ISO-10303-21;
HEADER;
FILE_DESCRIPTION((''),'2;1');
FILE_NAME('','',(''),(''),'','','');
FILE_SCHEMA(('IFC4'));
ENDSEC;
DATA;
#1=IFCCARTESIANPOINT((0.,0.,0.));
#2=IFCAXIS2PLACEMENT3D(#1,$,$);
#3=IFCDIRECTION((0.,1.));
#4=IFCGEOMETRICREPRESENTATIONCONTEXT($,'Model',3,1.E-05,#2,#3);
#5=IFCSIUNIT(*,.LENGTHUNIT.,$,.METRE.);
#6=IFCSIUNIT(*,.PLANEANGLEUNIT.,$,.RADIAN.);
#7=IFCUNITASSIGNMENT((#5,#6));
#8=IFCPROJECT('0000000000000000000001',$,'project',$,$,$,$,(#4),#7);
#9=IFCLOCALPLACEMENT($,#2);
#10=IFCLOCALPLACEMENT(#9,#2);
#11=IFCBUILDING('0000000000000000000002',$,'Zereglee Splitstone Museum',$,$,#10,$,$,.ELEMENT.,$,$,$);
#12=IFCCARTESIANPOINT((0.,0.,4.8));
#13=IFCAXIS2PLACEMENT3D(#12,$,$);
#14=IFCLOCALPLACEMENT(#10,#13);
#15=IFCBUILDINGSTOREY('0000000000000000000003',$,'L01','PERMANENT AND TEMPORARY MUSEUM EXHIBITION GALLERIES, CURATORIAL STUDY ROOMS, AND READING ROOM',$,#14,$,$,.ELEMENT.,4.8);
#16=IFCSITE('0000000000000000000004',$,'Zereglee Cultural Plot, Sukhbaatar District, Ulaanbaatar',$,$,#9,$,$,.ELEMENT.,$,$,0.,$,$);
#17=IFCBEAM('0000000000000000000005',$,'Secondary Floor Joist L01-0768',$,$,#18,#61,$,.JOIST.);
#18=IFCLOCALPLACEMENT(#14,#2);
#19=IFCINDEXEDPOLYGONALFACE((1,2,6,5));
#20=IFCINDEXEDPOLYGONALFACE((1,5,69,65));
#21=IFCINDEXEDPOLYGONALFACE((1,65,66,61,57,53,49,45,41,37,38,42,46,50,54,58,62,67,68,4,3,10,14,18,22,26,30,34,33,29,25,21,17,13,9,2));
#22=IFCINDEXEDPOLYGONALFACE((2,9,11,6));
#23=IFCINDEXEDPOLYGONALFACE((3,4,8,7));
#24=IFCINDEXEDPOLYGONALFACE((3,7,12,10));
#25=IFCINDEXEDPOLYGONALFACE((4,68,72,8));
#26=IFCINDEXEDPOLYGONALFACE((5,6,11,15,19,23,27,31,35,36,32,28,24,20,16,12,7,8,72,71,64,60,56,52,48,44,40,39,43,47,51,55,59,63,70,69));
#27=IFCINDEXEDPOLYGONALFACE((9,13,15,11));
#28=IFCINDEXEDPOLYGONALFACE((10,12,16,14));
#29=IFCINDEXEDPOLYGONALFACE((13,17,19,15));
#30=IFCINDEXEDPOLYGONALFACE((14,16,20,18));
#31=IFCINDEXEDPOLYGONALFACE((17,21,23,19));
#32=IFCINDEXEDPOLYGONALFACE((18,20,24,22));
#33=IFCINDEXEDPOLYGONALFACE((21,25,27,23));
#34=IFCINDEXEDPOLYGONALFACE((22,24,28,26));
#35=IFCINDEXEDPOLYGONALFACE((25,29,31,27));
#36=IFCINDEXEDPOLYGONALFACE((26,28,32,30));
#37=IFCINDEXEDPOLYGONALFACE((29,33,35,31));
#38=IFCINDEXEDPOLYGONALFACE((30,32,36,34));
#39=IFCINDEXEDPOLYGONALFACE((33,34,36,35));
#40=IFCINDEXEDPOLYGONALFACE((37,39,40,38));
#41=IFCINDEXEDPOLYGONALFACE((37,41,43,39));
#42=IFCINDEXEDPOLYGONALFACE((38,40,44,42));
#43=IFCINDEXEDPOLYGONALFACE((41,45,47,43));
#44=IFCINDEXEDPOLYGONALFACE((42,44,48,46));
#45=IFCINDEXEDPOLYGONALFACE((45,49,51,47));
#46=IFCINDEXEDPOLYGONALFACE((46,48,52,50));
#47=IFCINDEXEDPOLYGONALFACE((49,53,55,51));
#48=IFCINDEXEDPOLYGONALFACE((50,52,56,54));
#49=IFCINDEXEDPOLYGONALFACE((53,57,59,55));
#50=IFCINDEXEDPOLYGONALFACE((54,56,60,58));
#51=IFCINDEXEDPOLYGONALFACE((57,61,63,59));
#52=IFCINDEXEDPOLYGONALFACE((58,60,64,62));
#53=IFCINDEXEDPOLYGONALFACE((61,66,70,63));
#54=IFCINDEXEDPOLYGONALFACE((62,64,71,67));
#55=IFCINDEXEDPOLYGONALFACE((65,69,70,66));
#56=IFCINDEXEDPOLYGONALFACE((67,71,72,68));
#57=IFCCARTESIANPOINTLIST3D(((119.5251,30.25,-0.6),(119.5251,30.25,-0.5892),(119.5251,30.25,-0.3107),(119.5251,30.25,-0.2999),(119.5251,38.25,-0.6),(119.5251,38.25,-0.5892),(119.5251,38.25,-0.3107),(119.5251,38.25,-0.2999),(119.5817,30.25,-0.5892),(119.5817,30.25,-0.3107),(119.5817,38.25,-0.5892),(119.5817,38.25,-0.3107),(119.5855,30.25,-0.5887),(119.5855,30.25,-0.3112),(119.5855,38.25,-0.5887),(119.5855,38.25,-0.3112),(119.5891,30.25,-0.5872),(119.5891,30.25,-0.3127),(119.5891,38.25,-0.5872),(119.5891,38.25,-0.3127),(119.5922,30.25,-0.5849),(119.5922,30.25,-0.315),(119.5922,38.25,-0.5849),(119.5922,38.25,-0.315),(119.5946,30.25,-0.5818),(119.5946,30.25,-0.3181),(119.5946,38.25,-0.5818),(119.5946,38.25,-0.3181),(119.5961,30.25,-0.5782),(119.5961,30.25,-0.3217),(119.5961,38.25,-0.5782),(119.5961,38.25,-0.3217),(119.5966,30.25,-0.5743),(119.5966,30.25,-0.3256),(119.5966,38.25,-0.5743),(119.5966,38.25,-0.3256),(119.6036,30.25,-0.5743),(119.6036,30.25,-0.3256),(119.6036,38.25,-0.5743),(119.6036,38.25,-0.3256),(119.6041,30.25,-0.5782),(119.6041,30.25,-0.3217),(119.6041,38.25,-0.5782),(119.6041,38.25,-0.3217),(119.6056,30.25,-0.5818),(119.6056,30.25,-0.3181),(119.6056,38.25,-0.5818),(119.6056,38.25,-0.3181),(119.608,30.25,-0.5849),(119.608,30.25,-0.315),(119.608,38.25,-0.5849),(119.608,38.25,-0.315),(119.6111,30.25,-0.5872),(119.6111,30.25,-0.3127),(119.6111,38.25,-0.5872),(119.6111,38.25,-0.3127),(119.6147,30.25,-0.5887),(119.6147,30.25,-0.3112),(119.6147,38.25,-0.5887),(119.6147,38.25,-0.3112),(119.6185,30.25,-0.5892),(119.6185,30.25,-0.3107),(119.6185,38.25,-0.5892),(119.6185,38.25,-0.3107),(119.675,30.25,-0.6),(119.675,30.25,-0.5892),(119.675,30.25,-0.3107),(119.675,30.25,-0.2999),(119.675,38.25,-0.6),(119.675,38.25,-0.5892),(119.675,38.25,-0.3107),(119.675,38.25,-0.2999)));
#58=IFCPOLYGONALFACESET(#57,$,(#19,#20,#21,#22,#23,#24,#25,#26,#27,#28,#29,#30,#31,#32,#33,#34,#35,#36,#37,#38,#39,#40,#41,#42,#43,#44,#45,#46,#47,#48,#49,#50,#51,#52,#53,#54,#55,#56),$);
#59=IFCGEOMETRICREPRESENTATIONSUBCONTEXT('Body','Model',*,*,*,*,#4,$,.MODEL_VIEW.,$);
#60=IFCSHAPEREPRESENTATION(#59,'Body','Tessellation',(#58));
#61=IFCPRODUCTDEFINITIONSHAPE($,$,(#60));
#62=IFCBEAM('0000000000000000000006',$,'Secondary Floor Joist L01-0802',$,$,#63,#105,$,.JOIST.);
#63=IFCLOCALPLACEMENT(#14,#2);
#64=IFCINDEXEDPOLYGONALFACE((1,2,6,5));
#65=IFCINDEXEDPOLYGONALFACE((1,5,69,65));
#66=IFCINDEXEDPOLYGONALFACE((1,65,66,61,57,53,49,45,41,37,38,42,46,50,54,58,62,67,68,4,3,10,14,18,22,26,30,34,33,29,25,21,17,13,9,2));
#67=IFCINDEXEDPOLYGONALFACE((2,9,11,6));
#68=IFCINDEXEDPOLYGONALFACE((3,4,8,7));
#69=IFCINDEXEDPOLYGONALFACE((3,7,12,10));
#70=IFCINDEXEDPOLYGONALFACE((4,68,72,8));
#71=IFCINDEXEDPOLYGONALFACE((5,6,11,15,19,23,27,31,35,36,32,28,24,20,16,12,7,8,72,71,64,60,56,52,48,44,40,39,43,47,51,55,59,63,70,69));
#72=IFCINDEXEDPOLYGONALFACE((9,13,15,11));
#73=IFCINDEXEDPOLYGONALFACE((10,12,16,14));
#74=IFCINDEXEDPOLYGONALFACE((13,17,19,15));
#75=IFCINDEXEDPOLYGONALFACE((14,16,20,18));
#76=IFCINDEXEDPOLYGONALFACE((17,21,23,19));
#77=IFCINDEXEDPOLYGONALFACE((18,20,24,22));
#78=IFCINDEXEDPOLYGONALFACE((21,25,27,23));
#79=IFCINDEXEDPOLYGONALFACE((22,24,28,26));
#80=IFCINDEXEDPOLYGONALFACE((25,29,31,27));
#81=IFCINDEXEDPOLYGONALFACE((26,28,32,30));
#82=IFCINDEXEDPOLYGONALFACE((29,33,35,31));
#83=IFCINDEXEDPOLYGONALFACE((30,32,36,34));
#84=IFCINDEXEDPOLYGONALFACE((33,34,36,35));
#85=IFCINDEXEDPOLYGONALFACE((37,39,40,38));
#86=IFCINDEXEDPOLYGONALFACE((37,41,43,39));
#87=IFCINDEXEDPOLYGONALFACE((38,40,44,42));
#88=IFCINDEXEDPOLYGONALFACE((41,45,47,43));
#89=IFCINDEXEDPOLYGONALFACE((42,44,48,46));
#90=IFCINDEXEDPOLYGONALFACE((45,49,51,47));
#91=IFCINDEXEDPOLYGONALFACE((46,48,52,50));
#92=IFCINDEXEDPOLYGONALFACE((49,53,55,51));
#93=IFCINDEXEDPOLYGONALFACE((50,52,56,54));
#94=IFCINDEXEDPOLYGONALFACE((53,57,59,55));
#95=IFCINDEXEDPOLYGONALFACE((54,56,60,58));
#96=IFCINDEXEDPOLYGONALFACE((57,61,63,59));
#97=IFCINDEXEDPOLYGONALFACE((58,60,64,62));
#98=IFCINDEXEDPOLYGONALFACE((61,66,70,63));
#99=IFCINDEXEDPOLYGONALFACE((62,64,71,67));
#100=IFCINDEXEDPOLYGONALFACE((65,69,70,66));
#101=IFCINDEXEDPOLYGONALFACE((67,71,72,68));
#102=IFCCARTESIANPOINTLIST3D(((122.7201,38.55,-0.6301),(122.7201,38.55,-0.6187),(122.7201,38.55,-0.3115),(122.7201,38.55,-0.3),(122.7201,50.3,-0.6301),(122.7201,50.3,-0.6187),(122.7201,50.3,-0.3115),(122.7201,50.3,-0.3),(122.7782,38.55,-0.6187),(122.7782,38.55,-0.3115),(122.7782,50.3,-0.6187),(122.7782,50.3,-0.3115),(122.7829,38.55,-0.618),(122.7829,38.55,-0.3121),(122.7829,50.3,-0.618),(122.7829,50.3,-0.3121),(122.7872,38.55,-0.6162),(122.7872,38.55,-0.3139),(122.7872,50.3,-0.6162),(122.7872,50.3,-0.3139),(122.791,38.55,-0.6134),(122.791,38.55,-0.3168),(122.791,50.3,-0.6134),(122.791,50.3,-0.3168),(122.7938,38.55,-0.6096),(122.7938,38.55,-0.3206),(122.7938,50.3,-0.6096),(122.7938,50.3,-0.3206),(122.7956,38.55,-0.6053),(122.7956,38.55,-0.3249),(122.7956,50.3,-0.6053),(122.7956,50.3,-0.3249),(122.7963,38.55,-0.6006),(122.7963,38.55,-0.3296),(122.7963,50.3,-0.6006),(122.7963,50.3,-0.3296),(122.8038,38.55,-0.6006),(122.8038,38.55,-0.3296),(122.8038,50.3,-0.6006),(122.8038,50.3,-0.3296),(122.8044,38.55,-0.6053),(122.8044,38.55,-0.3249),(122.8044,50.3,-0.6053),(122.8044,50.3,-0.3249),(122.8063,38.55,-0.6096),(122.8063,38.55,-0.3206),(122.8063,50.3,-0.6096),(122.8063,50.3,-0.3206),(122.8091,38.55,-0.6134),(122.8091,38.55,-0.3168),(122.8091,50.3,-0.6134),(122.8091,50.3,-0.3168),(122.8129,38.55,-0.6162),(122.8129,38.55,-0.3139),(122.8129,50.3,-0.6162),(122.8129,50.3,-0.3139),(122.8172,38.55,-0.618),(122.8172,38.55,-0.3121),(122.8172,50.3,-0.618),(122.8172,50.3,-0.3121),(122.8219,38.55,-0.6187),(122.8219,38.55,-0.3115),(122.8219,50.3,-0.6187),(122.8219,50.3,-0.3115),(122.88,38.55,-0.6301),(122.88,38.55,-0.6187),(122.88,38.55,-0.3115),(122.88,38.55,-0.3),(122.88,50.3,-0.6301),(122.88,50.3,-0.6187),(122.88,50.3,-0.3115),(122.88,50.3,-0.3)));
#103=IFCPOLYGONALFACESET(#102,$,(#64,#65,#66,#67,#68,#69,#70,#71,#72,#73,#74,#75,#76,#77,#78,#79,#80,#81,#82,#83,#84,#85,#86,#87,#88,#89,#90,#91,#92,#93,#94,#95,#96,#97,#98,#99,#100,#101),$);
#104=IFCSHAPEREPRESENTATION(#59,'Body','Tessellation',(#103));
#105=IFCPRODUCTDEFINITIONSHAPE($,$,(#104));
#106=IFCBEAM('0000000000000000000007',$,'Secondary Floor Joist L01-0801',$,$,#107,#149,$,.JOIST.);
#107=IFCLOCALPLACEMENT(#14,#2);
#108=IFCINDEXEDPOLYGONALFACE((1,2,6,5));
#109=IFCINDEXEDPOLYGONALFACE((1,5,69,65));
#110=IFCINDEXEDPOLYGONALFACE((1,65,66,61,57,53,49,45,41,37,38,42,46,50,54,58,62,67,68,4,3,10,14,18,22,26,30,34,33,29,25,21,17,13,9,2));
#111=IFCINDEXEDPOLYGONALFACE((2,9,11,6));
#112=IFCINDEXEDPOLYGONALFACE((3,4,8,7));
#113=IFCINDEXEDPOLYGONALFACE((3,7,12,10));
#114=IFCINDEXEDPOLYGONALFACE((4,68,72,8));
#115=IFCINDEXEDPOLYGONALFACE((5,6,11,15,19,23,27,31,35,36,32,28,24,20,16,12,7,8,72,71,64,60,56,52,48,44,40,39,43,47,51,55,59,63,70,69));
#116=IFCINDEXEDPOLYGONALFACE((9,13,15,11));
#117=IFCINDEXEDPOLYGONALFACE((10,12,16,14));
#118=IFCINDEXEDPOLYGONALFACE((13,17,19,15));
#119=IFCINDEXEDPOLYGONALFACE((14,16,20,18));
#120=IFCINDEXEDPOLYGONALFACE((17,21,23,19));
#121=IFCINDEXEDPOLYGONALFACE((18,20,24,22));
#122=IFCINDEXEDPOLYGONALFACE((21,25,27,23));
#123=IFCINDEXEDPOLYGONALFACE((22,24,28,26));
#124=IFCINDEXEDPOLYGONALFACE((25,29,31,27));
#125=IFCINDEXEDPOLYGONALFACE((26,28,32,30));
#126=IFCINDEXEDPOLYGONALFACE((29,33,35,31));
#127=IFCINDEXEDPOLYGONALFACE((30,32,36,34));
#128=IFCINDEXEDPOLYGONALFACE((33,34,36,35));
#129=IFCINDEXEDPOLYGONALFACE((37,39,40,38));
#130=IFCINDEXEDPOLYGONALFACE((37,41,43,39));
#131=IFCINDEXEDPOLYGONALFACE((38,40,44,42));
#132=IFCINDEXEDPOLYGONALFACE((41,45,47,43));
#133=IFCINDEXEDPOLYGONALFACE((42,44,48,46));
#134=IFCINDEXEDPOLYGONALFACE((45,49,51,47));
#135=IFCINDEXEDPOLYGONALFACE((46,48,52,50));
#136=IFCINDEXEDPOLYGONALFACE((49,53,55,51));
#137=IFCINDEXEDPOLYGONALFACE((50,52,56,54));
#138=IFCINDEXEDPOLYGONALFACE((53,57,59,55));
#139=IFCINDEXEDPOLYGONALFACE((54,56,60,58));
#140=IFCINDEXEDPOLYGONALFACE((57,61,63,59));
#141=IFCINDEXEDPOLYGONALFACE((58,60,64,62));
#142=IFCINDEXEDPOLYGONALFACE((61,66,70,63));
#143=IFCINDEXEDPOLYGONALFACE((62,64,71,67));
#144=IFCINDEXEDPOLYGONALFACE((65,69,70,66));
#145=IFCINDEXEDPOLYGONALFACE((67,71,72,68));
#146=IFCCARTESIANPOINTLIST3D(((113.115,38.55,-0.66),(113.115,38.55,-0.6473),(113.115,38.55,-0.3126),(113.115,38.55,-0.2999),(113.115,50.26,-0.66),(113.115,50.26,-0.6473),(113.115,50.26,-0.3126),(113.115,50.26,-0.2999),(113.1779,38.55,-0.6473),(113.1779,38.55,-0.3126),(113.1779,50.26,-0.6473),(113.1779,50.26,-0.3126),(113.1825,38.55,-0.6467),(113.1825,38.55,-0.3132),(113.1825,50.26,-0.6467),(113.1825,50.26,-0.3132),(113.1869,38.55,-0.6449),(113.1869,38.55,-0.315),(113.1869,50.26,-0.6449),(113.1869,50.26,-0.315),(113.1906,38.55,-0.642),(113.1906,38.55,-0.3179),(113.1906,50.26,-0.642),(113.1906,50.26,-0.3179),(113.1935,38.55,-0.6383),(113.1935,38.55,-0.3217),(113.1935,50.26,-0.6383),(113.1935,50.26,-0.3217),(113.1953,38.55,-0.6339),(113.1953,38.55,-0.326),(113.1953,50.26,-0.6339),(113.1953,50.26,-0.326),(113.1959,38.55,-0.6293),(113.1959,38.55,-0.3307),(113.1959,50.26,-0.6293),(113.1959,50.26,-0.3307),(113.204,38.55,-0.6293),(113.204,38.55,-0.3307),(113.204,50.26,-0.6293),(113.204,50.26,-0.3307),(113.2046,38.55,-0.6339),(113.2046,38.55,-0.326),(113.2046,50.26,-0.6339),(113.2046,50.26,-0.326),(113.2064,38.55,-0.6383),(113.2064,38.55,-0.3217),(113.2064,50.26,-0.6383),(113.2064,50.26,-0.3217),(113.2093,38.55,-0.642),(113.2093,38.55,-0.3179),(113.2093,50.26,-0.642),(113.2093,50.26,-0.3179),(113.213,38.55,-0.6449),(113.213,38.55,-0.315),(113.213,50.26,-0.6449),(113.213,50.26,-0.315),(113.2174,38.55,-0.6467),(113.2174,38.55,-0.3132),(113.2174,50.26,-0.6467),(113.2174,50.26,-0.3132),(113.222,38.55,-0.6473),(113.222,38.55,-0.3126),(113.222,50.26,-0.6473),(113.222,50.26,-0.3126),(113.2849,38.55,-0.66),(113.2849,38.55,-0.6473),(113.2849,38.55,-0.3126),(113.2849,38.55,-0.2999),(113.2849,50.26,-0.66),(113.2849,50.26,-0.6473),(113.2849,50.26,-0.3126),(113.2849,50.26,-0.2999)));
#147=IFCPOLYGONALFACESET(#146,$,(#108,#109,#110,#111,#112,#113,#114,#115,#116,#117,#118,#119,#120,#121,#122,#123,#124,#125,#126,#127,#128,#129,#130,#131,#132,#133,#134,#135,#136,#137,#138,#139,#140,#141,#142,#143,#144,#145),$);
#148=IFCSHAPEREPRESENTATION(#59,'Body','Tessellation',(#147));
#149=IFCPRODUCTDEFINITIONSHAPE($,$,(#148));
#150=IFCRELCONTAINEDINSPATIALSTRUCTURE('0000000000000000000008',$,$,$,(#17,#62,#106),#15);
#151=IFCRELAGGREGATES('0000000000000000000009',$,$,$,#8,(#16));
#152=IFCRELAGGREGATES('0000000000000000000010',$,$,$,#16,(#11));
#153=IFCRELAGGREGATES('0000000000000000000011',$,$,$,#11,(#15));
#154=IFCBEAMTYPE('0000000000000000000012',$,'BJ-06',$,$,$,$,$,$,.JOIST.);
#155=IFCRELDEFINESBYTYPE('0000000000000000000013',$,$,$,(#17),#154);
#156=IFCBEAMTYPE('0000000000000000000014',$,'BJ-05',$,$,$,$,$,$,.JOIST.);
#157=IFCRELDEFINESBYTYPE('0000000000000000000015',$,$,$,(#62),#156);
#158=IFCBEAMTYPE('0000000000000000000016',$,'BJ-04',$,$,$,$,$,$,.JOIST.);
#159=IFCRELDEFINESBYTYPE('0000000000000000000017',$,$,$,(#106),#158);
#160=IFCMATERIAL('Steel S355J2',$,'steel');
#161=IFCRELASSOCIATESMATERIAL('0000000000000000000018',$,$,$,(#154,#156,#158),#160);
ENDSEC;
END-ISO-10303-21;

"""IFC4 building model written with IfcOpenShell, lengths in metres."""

from ifc_helpers import new_model, si_unit, direction, frame, origin, origin_2d, place, context, subcontext, project, spatial, i_section, extrude, material, material_profile, profile_set, type_object, element, save


model = new_model("IFC4")

# Units and contexts
model_context = context("Model", 3, precision=1e-05, world=origin(), true_north=direction((0.0, 1.0)))
body_context = subcontext(model_context, "Body", "Model", "MODEL_VIEW")
ifc_project = project(units=[si_unit("LENGTHUNIT", "METRE"), si_unit("PLANEANGLEUNIT", "RADIAN")], contexts=[model_context])

# Site, building, storey
site_placement = place(None, origin())
site = spatial("IfcSite", under=ifc_project, at=site_placement, Name="Zereglee Cultural Plot, Sukhbaatar District, Ulaanbaatar", CompositionType="ELEMENT", RefElevation=0.0)
building_placement = place(site_placement, origin())
building = spatial("IfcBuilding", under=site, at=building_placement, Name="Zereglee Splitstone Museum", CompositionType="ELEMENT")
storey_placement = place(building_placement, frame((0.0, 0.0, 4.8)))
storey = spatial("IfcBuildingStorey", under=building, at=storey_placement, Name="L01", Description="PERMANENT AND TEMPORARY MUSEUM EXHIBITION GALLERIES, CURATORIAL STUDY ROOMS, AND READING ROOM", CompositionType="ELEMENT", Elevation=4.8)

# Shared definitions
ifc_material_1 = material(Name="Steel S355J2", Category="steel")

# Beams
ifc_material_profile_1 = material_profile(ifc_material_1, i_section(OverallWidth=0.1499, OverallDepth=0.3, WebThickness=0.0071, FlangeThickness=0.0107, FilletRadius=0.0149, at=origin_2d()), Name="IPE 300")
ifc_profile_set_1 = profile_set([ifc_material_profile_1], Name="Steel S355J2")
beam_type_1 = type_object("IfcBeamType", Name="BJ-06", PredefinedType="JOIST", material=ifc_profile_set_1)
beam_1_placement = place(storey_placement, frame((119.6001, 30.25, -0.45), z_axis=(0.0, 1.0, 0.0), x_axis=(-1.0, 0.0, 0.0)))
element("IfcBeam", 1, at=beam_1_placement, inside=storey, type_object=beam_type_1, Name="Secondary Floor Joist L01-0768", PredefinedType="JOIST", context=body_context, shape_type="SweptSolid", body=[
    extrude(i_section(OverallWidth=0.1499, OverallDepth=0.3, WebThickness=0.0071, FlangeThickness=0.0107, FilletRadius=0.0149, at=origin_2d()), origin(), (0.0, 0.0, 1.0), 8.0),
])
ifc_material_profile_2 = material_profile(ifc_material_1, i_section(OverallWidth=0.1599, OverallDepth=0.3301, WebThickness=0.0076, FlangeThickness=0.0115, FilletRadius=0.0181, at=origin_2d()), Name="IPE 330")
ifc_profile_set_2 = profile_set([ifc_material_profile_2], Name="Steel S355J2")
beam_type_2 = type_object("IfcBeamType", Name="BJ-05", PredefinedType="JOIST", material=ifc_profile_set_2)
beam_2_placement = place(storey_placement, frame((122.8, 38.55, -0.4651), z_axis=(0.0, 1.0, 0.0), x_axis=(-1.0, 0.0, 0.0)))
element("IfcBeam", 2, at=beam_2_placement, inside=storey, type_object=beam_type_2, Name="Secondary Floor Joist L01-0802", PredefinedType="JOIST", context=body_context, shape_type="SweptSolid", body=[
    extrude(i_section(OverallWidth=0.1599, OverallDepth=0.3301, WebThickness=0.0076, FlangeThickness=0.0115, FilletRadius=0.0181, at=origin_2d()), origin(), (0.0, 0.0, 1.0), 11.75),
])
ifc_material_profile_3 = material_profile(ifc_material_1, i_section(OverallWidth=0.1699, OverallDepth=0.3601, WebThickness=0.0081, FlangeThickness=0.0127, FilletRadius=0.0181, at=origin_2d()), Name="IPE 360")
ifc_profile_set_3 = profile_set([ifc_material_profile_3], Name="Steel S355J2")
beam_type_3 = type_object("IfcBeamType", Name="BJ-04", PredefinedType="JOIST", material=ifc_profile_set_3)
beam_3_placement = place(storey_placement, frame((113.2, 38.55, -0.48), z_axis=(0.0, 1.0, 0.0), x_axis=(-1.0, 0.0, 0.0)))
element("IfcBeam", 3, at=beam_3_placement, inside=storey, type_object=beam_type_3, Name="Secondary Floor Joist L01-0801", PredefinedType="JOIST", context=body_context, shape_type="SweptSolid", body=[
    extrude(i_section(OverallWidth=0.1699, OverallDepth=0.3601, WebThickness=0.0081, FlangeThickness=0.0127, FilletRadius=0.0181, at=origin_2d()), origin(), (0.0, 0.0, 1.0), 11.71),
])

save(model, "model.ifc")
